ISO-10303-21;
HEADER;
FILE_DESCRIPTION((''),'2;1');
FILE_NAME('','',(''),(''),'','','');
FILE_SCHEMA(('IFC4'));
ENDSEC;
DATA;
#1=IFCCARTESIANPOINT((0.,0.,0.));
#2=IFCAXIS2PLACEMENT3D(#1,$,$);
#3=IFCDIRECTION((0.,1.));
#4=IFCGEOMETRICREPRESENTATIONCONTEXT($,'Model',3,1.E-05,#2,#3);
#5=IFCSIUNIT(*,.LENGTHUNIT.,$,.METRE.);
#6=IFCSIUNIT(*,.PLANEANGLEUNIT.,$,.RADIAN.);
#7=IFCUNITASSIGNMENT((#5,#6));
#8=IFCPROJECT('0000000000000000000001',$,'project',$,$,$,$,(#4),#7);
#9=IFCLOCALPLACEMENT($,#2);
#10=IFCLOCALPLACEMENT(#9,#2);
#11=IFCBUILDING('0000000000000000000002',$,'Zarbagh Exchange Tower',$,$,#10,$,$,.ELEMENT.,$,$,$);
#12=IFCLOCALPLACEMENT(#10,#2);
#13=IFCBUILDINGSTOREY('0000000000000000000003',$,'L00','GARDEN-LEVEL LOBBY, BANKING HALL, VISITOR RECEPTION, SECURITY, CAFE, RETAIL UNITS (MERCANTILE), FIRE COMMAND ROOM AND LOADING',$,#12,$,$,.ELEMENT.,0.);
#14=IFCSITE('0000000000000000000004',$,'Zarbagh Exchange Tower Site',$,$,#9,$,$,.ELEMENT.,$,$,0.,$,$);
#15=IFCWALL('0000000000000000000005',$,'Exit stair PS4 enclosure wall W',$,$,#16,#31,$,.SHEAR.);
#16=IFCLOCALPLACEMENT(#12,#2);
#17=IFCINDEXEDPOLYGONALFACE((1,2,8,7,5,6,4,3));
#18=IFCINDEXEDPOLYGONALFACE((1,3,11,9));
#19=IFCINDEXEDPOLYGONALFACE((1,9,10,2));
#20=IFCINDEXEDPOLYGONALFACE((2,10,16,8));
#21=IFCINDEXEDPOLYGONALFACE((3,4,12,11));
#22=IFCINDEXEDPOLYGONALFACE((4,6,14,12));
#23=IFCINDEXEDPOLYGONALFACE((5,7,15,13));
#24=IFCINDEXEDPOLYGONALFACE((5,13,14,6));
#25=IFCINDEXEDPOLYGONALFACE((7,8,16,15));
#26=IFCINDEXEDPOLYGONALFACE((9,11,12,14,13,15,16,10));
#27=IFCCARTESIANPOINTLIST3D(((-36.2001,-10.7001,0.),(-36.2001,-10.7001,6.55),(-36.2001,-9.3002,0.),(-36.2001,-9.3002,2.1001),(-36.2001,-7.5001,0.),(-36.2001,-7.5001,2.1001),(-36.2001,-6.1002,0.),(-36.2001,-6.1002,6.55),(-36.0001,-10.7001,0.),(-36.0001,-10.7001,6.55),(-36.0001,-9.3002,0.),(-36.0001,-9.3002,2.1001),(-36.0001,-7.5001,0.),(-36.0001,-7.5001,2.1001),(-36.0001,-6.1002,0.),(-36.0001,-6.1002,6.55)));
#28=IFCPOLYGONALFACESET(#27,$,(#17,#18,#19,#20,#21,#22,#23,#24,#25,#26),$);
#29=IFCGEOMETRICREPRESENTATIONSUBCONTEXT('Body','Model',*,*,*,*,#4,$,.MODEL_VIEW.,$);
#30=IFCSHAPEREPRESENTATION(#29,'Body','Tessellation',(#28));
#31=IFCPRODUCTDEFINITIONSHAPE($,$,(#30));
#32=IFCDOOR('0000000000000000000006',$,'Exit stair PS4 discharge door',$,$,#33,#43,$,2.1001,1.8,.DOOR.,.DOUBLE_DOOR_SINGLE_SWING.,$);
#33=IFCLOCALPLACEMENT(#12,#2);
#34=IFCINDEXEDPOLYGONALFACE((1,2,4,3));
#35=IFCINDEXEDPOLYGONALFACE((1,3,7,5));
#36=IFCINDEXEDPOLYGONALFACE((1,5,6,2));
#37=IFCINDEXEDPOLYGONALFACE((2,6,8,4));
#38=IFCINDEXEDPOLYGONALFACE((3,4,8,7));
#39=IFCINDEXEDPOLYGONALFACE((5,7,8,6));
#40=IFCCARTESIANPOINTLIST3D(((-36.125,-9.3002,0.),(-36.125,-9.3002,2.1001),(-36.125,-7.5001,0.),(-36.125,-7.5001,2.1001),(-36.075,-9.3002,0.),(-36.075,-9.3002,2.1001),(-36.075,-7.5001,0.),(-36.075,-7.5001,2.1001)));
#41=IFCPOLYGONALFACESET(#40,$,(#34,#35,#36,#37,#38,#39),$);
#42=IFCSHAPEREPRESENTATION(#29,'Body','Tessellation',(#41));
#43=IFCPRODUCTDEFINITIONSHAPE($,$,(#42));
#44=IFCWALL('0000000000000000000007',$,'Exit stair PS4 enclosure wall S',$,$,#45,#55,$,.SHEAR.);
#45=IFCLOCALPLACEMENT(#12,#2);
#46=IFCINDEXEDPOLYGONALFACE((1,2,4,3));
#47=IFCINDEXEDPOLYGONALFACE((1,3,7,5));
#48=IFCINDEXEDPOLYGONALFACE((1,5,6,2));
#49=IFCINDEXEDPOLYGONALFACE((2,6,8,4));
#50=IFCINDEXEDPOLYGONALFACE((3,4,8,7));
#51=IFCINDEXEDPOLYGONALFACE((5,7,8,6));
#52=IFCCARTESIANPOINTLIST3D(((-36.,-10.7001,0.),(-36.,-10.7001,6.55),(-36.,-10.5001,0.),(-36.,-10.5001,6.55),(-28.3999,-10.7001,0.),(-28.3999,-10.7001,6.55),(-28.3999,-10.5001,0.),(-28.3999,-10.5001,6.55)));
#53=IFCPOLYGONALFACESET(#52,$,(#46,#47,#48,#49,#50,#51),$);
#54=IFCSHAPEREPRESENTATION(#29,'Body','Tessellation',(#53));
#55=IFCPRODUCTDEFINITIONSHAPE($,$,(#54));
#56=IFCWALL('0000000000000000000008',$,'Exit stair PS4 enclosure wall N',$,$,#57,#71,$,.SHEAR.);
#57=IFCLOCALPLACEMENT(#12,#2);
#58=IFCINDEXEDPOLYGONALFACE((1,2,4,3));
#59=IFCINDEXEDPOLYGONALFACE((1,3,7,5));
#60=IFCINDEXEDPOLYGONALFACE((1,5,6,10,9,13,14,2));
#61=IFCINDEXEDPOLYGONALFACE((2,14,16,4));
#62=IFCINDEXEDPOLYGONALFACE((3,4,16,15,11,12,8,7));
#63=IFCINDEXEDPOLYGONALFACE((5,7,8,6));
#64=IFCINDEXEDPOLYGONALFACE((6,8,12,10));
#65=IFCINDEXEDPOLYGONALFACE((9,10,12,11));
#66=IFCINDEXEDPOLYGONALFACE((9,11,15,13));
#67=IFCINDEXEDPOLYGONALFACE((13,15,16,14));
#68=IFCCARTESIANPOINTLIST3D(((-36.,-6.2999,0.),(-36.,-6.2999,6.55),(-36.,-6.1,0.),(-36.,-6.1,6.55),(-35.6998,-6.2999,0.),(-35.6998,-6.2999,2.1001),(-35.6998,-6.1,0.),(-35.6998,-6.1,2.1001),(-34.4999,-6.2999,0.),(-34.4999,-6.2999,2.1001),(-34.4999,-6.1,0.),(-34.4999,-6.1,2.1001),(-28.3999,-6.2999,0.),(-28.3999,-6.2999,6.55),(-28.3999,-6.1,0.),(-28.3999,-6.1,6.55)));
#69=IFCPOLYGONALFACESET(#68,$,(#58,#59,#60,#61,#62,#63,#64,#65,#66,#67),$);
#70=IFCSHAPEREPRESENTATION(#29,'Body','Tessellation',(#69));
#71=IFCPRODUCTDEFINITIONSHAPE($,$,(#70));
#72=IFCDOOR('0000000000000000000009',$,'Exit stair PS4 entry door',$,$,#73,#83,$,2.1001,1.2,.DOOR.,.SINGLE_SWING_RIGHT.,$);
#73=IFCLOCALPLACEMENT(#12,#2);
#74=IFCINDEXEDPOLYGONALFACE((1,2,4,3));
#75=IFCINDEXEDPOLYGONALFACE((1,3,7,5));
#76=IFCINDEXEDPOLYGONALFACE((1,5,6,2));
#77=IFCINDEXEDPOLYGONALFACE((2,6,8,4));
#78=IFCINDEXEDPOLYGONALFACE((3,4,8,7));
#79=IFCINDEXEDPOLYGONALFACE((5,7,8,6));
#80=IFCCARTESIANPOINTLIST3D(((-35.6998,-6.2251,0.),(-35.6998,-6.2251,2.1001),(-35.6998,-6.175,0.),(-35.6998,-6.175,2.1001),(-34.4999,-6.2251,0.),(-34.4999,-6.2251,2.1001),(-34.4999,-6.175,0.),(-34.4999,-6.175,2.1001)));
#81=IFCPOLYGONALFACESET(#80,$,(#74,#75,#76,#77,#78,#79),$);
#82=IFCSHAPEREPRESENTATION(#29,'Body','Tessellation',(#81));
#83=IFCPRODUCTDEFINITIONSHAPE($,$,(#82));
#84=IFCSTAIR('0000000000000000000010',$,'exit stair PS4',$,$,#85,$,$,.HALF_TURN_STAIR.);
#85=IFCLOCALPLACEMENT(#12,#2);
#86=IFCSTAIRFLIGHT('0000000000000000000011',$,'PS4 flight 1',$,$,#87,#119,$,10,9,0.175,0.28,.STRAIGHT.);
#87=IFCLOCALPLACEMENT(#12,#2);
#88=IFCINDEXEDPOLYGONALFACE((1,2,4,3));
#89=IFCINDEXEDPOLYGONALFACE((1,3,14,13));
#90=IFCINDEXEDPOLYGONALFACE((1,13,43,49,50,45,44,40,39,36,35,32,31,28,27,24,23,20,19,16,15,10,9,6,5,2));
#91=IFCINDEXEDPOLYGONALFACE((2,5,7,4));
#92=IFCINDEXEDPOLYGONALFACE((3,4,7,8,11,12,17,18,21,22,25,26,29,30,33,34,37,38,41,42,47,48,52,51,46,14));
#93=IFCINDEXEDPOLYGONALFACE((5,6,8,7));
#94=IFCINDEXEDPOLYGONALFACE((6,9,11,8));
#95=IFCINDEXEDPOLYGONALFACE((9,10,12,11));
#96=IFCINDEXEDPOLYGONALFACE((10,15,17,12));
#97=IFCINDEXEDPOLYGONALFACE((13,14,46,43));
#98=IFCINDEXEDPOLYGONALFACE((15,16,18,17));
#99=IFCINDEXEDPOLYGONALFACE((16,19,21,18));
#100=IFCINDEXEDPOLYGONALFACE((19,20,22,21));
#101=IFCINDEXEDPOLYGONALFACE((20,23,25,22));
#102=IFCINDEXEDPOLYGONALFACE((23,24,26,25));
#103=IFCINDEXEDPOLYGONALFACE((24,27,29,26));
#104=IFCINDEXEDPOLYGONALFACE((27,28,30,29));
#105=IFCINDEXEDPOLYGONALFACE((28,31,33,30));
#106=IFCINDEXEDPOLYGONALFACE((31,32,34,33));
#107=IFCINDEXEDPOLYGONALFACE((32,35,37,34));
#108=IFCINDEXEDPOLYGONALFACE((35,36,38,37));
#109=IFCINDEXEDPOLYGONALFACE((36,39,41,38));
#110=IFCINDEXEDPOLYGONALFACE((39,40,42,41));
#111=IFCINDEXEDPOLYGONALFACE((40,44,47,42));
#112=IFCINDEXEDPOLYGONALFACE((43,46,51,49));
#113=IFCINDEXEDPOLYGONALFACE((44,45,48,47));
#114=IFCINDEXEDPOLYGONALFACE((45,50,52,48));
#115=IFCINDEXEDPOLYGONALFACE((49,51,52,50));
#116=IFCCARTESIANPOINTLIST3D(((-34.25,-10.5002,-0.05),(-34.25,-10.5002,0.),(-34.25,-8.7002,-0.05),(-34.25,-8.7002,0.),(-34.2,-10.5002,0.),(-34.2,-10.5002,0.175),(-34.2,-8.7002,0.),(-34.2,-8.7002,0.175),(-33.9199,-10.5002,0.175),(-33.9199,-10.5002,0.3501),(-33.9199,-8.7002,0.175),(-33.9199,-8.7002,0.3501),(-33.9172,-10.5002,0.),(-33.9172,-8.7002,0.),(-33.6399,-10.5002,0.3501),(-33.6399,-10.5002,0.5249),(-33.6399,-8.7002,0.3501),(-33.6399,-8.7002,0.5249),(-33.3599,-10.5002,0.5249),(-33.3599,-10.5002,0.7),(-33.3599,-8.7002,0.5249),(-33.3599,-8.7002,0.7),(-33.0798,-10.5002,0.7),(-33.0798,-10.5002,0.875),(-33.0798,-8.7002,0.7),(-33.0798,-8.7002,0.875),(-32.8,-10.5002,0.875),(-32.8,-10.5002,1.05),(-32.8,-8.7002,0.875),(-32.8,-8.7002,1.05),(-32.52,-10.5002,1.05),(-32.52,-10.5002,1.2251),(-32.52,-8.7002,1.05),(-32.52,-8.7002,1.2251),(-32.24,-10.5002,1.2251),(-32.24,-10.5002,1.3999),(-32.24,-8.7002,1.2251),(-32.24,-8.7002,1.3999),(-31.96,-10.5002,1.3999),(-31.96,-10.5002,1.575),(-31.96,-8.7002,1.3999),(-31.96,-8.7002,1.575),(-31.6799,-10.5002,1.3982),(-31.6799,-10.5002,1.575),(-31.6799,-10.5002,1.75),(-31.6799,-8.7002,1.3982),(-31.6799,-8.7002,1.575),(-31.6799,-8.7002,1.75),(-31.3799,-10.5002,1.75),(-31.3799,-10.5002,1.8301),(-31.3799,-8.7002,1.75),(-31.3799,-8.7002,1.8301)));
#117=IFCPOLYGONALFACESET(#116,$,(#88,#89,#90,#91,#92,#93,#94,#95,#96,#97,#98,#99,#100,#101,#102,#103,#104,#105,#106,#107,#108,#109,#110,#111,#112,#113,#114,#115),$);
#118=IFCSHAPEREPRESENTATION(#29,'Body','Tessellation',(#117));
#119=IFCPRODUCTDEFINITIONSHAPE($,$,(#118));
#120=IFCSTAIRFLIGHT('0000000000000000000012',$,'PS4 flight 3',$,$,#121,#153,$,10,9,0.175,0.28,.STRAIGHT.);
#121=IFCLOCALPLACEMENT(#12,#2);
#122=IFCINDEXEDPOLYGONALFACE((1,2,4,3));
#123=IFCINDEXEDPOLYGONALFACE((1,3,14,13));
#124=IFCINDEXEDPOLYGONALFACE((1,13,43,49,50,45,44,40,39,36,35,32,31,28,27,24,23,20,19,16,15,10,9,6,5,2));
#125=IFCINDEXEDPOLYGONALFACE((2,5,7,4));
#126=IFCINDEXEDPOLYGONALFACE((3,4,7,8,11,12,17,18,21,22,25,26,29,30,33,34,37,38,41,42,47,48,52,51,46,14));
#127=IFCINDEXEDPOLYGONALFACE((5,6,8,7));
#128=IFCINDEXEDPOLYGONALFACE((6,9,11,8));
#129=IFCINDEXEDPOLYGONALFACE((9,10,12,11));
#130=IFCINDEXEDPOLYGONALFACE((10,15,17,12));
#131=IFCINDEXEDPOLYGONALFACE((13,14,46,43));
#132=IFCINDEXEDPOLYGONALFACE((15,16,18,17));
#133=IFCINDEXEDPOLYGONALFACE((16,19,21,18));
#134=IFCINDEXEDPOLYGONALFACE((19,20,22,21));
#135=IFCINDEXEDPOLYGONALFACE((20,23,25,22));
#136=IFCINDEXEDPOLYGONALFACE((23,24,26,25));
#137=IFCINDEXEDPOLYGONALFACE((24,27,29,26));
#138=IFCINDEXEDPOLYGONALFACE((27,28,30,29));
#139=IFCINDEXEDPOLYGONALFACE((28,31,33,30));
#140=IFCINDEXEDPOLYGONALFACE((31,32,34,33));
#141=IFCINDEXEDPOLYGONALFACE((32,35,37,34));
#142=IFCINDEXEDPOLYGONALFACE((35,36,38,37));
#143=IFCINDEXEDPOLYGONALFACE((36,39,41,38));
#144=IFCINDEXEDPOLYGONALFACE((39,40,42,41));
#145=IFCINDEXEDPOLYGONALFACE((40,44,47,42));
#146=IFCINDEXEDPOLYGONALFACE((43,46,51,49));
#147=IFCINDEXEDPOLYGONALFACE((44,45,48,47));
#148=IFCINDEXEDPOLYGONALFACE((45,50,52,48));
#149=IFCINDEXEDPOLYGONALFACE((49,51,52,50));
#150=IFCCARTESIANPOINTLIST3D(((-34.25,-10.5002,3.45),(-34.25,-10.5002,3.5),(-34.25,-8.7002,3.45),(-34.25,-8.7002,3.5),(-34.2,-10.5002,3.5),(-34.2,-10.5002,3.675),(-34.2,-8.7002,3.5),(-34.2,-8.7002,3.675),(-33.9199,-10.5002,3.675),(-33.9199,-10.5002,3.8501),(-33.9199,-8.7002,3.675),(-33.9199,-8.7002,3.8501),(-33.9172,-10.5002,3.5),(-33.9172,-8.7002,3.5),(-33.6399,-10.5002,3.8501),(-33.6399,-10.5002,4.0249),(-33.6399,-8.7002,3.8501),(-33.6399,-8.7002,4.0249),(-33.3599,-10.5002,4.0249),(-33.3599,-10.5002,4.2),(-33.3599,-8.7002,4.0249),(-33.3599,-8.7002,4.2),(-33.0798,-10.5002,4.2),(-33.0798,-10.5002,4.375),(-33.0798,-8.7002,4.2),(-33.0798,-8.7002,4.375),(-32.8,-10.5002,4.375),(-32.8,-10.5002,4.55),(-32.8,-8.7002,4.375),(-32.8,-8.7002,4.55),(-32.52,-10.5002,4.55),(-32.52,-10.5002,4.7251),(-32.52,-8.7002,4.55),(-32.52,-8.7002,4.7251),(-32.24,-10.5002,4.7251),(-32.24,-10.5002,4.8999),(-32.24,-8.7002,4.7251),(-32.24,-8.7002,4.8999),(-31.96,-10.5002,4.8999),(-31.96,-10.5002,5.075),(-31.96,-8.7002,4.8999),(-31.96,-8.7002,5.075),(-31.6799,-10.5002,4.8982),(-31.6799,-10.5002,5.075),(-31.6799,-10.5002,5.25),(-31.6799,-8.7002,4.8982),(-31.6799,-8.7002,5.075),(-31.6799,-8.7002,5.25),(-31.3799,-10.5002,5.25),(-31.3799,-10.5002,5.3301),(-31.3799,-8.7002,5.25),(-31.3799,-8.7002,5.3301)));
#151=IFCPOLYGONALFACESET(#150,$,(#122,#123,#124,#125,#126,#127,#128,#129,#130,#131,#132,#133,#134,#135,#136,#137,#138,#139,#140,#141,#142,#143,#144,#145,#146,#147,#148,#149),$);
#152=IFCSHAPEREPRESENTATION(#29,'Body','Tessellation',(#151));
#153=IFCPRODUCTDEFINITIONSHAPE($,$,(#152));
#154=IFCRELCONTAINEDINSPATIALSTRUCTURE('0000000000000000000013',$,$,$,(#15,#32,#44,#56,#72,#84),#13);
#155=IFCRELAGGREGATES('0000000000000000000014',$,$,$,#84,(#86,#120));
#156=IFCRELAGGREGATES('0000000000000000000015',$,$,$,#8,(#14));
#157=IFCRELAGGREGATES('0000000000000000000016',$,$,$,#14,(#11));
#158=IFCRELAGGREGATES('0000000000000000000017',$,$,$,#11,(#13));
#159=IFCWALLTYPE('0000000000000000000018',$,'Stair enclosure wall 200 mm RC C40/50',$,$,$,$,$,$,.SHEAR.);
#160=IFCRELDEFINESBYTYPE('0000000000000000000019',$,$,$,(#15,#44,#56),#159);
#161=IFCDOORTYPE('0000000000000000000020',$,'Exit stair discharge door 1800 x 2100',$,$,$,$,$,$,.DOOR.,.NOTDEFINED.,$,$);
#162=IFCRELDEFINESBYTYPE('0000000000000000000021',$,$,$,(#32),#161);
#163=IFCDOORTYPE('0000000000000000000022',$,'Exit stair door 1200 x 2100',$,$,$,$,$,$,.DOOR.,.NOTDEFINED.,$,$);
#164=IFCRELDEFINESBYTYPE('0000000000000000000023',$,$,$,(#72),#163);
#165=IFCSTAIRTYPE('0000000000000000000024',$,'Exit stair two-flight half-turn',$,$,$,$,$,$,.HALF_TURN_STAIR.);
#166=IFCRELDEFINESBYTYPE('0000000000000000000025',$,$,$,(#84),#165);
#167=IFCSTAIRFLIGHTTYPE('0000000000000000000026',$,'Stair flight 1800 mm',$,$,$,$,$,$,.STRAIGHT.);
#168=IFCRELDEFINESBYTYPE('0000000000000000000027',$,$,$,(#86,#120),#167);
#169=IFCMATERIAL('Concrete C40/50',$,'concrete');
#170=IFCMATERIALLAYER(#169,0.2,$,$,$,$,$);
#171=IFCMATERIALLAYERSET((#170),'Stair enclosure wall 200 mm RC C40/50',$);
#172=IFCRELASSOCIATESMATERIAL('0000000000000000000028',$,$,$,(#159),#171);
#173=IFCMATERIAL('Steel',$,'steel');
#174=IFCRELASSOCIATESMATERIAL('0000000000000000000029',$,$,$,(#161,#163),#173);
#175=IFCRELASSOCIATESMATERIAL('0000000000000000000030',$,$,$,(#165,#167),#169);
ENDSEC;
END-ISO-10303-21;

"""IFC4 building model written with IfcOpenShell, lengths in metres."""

from ifc_helpers import new_model, si_unit, direction, frame, frame_2d, origin, place, context, subcontext, project, spatial, polyline, rectangle, outline, extrude, material, layer, layer_set, type_object, element, fill, aggregate, save


model = new_model("IFC4")

# Units and contexts
model_context = context("Model", 3, precision=1e-05, world=origin(), true_north=direction((0.0, 1.0)))
body_context = subcontext(model_context, "Body", "Model", "MODEL_VIEW")
ifc_project = project(units=[si_unit("LENGTHUNIT", "METRE"), si_unit("PLANEANGLEUNIT", "RADIAN")], contexts=[model_context])

# Site, building, storey
site_placement = place(None, origin())
site = spatial("IfcSite", under=ifc_project, at=site_placement, Name="Zarbagh Exchange Tower Site", CompositionType="ELEMENT", RefElevation=0.0)
building_placement = place(site_placement, origin())
building = spatial("IfcBuilding", under=site, at=building_placement, Name="Zarbagh Exchange Tower", CompositionType="ELEMENT")
storey_placement = place(building_placement, origin())
storey = spatial("IfcBuildingStorey", under=building, at=storey_placement, Name="L00", Description="GARDEN-LEVEL LOBBY, BANKING HALL, VISITOR RECEPTION, SECURITY, CAFE, RETAIL UNITS (MERCANTILE), FIRE COMMAND ROOM AND LOADING", CompositionType="ELEMENT", Elevation=0.0)

# Wall, opening, door
ifc_material_1 = material(Name="Concrete C40/50", Category="concrete")
ifc_layer_1 = layer(ifc_material_1, 0.2)
ifc_layer_set_1 = layer_set([ifc_layer_1], Name="Stair enclosure wall 200 mm RC C40/50")
wall_type_1 = type_object("IfcWallType", Name="Stair enclosure wall 200 mm RC C40/50", PredefinedType="SHEAR", material=ifc_layer_set_1)
wall_1_placement = place(storey_placement, frame((-36.1001, -10.7, 0.0), z_axis=(0.0, 0.0, 1.0), x_axis=(0.0, 1.0, 0.0)))
wall_1 = element("IfcWall", 1, at=wall_1_placement, inside=storey, type_object=wall_type_1, Name="Exit stair PS4 enclosure wall W", PredefinedType="SHEAR", context=body_context, shape_type="SweptSolid", body=[
    extrude(rectangle(XDim=4.5999, YDim=0.2, at=frame_2d((2.2998, 0.0))), origin(), (0.0, 0.0, 1.0), 6.55),
])
opening_1_placement = place(wall_1_placement, frame((1.3999, 0.0, 0.0)))
opening_1 = element("IfcOpeningElement", 2, at=opening_1_placement, cuts=wall_1, PredefinedType="OPENING", context=body_context, shape_type="SweptSolid", body=[
    extrude(rectangle(XDim=1.8, YDim=2.1001, at=frame_2d((0.8999, 1.05))), frame((0.0, 0.1099, 0.0), z_axis=(0.0, -1.0, 0.0), x_axis=(1.0, 0.0, 0.0)), (0.0, 0.0, 1.0), 0.22),
])
ifc_material_2 = material(Name="Steel", Category="steel")
door_type_1 = type_object("IfcDoorType", Name="Exit stair discharge door 1800 x 2100", OperationType="NOTDEFINED", PredefinedType="DOOR", material=ifc_material_2)
door_1_placement = place(opening_1_placement, origin())
door_1 = element("IfcDoor", 3, at=door_1_placement, inside=storey, type_object=door_type_1, Name="Exit stair PS4 discharge door", OperationType="DOUBLE_DOOR_SINGLE_SWING", OverallHeight=2.1001, OverallWidth=1.8, PredefinedType="DOOR", context=body_context, shape_type="SweptSolid", body=[
    extrude(rectangle(XDim=1.8, YDim=2.1001, at=frame_2d((0.8999, 1.05))), frame((0.0, 0.0249, 0.0), z_axis=(0.0, -1.0, 0.0), x_axis=(1.0, 0.0, 0.0)), (0.0, 0.0, 1.0), 0.05),
])
fill(opening_1, door_1)

# Wall
wall_2_placement = place(storey_placement, frame((-36.0, -10.6001, 0.0), z_axis=(0.0, 0.0, 1.0), x_axis=(1.0, 0.0, 0.0)))
element("IfcWall", 4, at=wall_2_placement, inside=storey, type_object=wall_type_1, Name="Exit stair PS4 enclosure wall S", PredefinedType="SHEAR", context=body_context, shape_type="SweptSolid", body=[
    extrude(rectangle(XDim=7.6001, YDim=0.2, at=frame_2d((3.8, 0.0))), origin(), (0.0, 0.0, 1.0), 6.55),
])

# Wall, opening, door
wall_3_placement = place(storey_placement, frame((-36.0, -6.2, 0.0), z_axis=(0.0, 0.0, 1.0), x_axis=(1.0, 0.0, 0.0)))
wall_3 = element("IfcWall", 5, at=wall_3_placement, inside=storey, type_object=wall_type_1, Name="Exit stair PS4 enclosure wall N", PredefinedType="SHEAR", context=body_context, shape_type="SweptSolid", body=[
    extrude(rectangle(XDim=7.6001, YDim=0.2, at=frame_2d((3.8, 0.0))), origin(), (0.0, 0.0, 1.0), 6.55),
])
opening_2_placement = place(wall_3_placement, frame((0.3, 0.0, 0.0)))
opening_2 = element("IfcOpeningElement", 6, at=opening_2_placement, cuts=wall_3, PredefinedType="OPENING", context=body_context, shape_type="SweptSolid", body=[
    extrude(rectangle(XDim=1.2, YDim=2.1001, at=frame_2d((0.6001, 1.05))), frame((0.0, 0.1099, 0.0), z_axis=(0.0, -1.0, 0.0), x_axis=(1.0, 0.0, 0.0)), (0.0, 0.0, 1.0), 0.22),
])
door_type_2 = type_object("IfcDoorType", Name="Exit stair door 1200 x 2100", OperationType="NOTDEFINED", PredefinedType="DOOR", material=ifc_material_2)
door_2_placement = place(opening_2_placement, origin())
door_2 = element("IfcDoor", 7, at=door_2_placement, inside=storey, type_object=door_type_2, Name="Exit stair PS4 entry door", OperationType="SINGLE_SWING_RIGHT", OverallHeight=2.1001, OverallWidth=1.2, PredefinedType="DOOR", context=body_context, shape_type="SweptSolid", body=[
    extrude(rectangle(XDim=1.2, YDim=2.1001, at=frame_2d((0.6001, 1.05))), frame((0.0, 0.0249, 0.0), z_axis=(0.0, -1.0, 0.0), x_axis=(1.0, 0.0, 0.0)), (0.0, 0.0, 1.0), 0.05),
])
fill(opening_2, door_2)

# Stair, stair flights
stair_type = type_object("IfcStairType", Name="Exit stair two-flight half-turn", PredefinedType="HALF_TURN_STAIR", material=ifc_material_1)
stair_placement = place(storey_placement, origin())
stair = element("IfcStair", 8, at=stair_placement, inside=storey, type_object=stair_type, Name="exit stair PS4", PredefinedType="HALF_TURN_STAIR")
stair_flight_type = type_object("IfcStairFlightType", Name="Stair flight 1800 mm", PredefinedType="STRAIGHT", material=ifc_material_1)
stair_flight_1_placement = place(storey_placement, frame((-34.2, -9.6001, 0.0), z_axis=(0.0, 0.0, 1.0), x_axis=(1.0, 0.0, 0.0)))
stair_flight_1 = element("IfcStairFlight", 9, at=stair_flight_1_placement, type_object=stair_flight_type, Name="PS4 flight 1", NumberOfRisers=10, NumberOfTreads=9, PredefinedType="STRAIGHT", RiserHeight=0.175, TreadLength=0.28, context=body_context, shape_type="SweptSolid", body=[
    extrude(outline(polyline([(-0.05, -0.05), (-0.05, 0.0), (0.0, 0.0), (0.0, 0.175), (0.28, 0.175), (0.28, 0.3501), (0.5601, 0.3501), (0.5601, 0.5249), (0.8401, 0.5249), (0.8401, 0.7), (1.1201, 0.7), (1.1201, 0.875), (1.3999, 0.875), (1.3999, 1.05), (1.6799, 1.05), (1.6799, 1.2251), (1.96, 1.2251), (1.96, 1.3999), (2.24, 1.3999), (2.24, 1.575), (2.52, 1.575), (2.52, 1.75), (2.8201, 1.8301), (2.8201, 1.75), (2.52, 1.3982), (0.2827, 0.0), (-0.05, -0.05)])), frame((0.0, 0.8999, 0.0), z_axis=(0.0, -1.0, 0.0), x_axis=(1.0, 0.0, 0.0)), (0.0, 0.0, 1.0), 1.8),
])
stair_flight_2_placement = place(storey_placement, frame((-34.2, -9.6001, 3.5), z_axis=(0.0, 0.0, 1.0), x_axis=(1.0, 0.0, 0.0)))
stair_flight_2 = element("IfcStairFlight", 10, at=stair_flight_2_placement, type_object=stair_flight_type, Name="PS4 flight 3", NumberOfRisers=10, NumberOfTreads=9, PredefinedType="STRAIGHT", RiserHeight=0.175, TreadLength=0.28, context=body_context, shape_type="SweptSolid", body=[
    extrude(outline(polyline([(-0.05, -0.05), (-0.05, 0.0), (0.0, 0.0), (0.0, 0.175), (0.28, 0.175), (0.28, 0.3501), (0.5601, 0.3501), (0.5601, 0.5249), (0.8401, 0.5249), (0.8401, 0.7), (1.1201, 0.7), (1.1201, 0.875), (1.3999, 0.875), (1.3999, 1.05), (1.6799, 1.05), (1.6799, 1.2251), (1.96, 1.2251), (1.96, 1.3999), (2.24, 1.3999), (2.24, 1.575), (2.52, 1.575), (2.52, 1.75), (2.8201, 1.8301), (2.8201, 1.75), (2.52, 1.3982), (0.2827, 0.0), (-0.05, -0.05)])), frame((0.0, 0.8999, 0.0), z_axis=(0.0, -1.0, 0.0), x_axis=(1.0, 0.0, 0.0)), (0.0, 0.0, 1.0), 1.8),
])
aggregate(stair, [stair_flight_1, stair_flight_2])

save(model, "model.ifc")
